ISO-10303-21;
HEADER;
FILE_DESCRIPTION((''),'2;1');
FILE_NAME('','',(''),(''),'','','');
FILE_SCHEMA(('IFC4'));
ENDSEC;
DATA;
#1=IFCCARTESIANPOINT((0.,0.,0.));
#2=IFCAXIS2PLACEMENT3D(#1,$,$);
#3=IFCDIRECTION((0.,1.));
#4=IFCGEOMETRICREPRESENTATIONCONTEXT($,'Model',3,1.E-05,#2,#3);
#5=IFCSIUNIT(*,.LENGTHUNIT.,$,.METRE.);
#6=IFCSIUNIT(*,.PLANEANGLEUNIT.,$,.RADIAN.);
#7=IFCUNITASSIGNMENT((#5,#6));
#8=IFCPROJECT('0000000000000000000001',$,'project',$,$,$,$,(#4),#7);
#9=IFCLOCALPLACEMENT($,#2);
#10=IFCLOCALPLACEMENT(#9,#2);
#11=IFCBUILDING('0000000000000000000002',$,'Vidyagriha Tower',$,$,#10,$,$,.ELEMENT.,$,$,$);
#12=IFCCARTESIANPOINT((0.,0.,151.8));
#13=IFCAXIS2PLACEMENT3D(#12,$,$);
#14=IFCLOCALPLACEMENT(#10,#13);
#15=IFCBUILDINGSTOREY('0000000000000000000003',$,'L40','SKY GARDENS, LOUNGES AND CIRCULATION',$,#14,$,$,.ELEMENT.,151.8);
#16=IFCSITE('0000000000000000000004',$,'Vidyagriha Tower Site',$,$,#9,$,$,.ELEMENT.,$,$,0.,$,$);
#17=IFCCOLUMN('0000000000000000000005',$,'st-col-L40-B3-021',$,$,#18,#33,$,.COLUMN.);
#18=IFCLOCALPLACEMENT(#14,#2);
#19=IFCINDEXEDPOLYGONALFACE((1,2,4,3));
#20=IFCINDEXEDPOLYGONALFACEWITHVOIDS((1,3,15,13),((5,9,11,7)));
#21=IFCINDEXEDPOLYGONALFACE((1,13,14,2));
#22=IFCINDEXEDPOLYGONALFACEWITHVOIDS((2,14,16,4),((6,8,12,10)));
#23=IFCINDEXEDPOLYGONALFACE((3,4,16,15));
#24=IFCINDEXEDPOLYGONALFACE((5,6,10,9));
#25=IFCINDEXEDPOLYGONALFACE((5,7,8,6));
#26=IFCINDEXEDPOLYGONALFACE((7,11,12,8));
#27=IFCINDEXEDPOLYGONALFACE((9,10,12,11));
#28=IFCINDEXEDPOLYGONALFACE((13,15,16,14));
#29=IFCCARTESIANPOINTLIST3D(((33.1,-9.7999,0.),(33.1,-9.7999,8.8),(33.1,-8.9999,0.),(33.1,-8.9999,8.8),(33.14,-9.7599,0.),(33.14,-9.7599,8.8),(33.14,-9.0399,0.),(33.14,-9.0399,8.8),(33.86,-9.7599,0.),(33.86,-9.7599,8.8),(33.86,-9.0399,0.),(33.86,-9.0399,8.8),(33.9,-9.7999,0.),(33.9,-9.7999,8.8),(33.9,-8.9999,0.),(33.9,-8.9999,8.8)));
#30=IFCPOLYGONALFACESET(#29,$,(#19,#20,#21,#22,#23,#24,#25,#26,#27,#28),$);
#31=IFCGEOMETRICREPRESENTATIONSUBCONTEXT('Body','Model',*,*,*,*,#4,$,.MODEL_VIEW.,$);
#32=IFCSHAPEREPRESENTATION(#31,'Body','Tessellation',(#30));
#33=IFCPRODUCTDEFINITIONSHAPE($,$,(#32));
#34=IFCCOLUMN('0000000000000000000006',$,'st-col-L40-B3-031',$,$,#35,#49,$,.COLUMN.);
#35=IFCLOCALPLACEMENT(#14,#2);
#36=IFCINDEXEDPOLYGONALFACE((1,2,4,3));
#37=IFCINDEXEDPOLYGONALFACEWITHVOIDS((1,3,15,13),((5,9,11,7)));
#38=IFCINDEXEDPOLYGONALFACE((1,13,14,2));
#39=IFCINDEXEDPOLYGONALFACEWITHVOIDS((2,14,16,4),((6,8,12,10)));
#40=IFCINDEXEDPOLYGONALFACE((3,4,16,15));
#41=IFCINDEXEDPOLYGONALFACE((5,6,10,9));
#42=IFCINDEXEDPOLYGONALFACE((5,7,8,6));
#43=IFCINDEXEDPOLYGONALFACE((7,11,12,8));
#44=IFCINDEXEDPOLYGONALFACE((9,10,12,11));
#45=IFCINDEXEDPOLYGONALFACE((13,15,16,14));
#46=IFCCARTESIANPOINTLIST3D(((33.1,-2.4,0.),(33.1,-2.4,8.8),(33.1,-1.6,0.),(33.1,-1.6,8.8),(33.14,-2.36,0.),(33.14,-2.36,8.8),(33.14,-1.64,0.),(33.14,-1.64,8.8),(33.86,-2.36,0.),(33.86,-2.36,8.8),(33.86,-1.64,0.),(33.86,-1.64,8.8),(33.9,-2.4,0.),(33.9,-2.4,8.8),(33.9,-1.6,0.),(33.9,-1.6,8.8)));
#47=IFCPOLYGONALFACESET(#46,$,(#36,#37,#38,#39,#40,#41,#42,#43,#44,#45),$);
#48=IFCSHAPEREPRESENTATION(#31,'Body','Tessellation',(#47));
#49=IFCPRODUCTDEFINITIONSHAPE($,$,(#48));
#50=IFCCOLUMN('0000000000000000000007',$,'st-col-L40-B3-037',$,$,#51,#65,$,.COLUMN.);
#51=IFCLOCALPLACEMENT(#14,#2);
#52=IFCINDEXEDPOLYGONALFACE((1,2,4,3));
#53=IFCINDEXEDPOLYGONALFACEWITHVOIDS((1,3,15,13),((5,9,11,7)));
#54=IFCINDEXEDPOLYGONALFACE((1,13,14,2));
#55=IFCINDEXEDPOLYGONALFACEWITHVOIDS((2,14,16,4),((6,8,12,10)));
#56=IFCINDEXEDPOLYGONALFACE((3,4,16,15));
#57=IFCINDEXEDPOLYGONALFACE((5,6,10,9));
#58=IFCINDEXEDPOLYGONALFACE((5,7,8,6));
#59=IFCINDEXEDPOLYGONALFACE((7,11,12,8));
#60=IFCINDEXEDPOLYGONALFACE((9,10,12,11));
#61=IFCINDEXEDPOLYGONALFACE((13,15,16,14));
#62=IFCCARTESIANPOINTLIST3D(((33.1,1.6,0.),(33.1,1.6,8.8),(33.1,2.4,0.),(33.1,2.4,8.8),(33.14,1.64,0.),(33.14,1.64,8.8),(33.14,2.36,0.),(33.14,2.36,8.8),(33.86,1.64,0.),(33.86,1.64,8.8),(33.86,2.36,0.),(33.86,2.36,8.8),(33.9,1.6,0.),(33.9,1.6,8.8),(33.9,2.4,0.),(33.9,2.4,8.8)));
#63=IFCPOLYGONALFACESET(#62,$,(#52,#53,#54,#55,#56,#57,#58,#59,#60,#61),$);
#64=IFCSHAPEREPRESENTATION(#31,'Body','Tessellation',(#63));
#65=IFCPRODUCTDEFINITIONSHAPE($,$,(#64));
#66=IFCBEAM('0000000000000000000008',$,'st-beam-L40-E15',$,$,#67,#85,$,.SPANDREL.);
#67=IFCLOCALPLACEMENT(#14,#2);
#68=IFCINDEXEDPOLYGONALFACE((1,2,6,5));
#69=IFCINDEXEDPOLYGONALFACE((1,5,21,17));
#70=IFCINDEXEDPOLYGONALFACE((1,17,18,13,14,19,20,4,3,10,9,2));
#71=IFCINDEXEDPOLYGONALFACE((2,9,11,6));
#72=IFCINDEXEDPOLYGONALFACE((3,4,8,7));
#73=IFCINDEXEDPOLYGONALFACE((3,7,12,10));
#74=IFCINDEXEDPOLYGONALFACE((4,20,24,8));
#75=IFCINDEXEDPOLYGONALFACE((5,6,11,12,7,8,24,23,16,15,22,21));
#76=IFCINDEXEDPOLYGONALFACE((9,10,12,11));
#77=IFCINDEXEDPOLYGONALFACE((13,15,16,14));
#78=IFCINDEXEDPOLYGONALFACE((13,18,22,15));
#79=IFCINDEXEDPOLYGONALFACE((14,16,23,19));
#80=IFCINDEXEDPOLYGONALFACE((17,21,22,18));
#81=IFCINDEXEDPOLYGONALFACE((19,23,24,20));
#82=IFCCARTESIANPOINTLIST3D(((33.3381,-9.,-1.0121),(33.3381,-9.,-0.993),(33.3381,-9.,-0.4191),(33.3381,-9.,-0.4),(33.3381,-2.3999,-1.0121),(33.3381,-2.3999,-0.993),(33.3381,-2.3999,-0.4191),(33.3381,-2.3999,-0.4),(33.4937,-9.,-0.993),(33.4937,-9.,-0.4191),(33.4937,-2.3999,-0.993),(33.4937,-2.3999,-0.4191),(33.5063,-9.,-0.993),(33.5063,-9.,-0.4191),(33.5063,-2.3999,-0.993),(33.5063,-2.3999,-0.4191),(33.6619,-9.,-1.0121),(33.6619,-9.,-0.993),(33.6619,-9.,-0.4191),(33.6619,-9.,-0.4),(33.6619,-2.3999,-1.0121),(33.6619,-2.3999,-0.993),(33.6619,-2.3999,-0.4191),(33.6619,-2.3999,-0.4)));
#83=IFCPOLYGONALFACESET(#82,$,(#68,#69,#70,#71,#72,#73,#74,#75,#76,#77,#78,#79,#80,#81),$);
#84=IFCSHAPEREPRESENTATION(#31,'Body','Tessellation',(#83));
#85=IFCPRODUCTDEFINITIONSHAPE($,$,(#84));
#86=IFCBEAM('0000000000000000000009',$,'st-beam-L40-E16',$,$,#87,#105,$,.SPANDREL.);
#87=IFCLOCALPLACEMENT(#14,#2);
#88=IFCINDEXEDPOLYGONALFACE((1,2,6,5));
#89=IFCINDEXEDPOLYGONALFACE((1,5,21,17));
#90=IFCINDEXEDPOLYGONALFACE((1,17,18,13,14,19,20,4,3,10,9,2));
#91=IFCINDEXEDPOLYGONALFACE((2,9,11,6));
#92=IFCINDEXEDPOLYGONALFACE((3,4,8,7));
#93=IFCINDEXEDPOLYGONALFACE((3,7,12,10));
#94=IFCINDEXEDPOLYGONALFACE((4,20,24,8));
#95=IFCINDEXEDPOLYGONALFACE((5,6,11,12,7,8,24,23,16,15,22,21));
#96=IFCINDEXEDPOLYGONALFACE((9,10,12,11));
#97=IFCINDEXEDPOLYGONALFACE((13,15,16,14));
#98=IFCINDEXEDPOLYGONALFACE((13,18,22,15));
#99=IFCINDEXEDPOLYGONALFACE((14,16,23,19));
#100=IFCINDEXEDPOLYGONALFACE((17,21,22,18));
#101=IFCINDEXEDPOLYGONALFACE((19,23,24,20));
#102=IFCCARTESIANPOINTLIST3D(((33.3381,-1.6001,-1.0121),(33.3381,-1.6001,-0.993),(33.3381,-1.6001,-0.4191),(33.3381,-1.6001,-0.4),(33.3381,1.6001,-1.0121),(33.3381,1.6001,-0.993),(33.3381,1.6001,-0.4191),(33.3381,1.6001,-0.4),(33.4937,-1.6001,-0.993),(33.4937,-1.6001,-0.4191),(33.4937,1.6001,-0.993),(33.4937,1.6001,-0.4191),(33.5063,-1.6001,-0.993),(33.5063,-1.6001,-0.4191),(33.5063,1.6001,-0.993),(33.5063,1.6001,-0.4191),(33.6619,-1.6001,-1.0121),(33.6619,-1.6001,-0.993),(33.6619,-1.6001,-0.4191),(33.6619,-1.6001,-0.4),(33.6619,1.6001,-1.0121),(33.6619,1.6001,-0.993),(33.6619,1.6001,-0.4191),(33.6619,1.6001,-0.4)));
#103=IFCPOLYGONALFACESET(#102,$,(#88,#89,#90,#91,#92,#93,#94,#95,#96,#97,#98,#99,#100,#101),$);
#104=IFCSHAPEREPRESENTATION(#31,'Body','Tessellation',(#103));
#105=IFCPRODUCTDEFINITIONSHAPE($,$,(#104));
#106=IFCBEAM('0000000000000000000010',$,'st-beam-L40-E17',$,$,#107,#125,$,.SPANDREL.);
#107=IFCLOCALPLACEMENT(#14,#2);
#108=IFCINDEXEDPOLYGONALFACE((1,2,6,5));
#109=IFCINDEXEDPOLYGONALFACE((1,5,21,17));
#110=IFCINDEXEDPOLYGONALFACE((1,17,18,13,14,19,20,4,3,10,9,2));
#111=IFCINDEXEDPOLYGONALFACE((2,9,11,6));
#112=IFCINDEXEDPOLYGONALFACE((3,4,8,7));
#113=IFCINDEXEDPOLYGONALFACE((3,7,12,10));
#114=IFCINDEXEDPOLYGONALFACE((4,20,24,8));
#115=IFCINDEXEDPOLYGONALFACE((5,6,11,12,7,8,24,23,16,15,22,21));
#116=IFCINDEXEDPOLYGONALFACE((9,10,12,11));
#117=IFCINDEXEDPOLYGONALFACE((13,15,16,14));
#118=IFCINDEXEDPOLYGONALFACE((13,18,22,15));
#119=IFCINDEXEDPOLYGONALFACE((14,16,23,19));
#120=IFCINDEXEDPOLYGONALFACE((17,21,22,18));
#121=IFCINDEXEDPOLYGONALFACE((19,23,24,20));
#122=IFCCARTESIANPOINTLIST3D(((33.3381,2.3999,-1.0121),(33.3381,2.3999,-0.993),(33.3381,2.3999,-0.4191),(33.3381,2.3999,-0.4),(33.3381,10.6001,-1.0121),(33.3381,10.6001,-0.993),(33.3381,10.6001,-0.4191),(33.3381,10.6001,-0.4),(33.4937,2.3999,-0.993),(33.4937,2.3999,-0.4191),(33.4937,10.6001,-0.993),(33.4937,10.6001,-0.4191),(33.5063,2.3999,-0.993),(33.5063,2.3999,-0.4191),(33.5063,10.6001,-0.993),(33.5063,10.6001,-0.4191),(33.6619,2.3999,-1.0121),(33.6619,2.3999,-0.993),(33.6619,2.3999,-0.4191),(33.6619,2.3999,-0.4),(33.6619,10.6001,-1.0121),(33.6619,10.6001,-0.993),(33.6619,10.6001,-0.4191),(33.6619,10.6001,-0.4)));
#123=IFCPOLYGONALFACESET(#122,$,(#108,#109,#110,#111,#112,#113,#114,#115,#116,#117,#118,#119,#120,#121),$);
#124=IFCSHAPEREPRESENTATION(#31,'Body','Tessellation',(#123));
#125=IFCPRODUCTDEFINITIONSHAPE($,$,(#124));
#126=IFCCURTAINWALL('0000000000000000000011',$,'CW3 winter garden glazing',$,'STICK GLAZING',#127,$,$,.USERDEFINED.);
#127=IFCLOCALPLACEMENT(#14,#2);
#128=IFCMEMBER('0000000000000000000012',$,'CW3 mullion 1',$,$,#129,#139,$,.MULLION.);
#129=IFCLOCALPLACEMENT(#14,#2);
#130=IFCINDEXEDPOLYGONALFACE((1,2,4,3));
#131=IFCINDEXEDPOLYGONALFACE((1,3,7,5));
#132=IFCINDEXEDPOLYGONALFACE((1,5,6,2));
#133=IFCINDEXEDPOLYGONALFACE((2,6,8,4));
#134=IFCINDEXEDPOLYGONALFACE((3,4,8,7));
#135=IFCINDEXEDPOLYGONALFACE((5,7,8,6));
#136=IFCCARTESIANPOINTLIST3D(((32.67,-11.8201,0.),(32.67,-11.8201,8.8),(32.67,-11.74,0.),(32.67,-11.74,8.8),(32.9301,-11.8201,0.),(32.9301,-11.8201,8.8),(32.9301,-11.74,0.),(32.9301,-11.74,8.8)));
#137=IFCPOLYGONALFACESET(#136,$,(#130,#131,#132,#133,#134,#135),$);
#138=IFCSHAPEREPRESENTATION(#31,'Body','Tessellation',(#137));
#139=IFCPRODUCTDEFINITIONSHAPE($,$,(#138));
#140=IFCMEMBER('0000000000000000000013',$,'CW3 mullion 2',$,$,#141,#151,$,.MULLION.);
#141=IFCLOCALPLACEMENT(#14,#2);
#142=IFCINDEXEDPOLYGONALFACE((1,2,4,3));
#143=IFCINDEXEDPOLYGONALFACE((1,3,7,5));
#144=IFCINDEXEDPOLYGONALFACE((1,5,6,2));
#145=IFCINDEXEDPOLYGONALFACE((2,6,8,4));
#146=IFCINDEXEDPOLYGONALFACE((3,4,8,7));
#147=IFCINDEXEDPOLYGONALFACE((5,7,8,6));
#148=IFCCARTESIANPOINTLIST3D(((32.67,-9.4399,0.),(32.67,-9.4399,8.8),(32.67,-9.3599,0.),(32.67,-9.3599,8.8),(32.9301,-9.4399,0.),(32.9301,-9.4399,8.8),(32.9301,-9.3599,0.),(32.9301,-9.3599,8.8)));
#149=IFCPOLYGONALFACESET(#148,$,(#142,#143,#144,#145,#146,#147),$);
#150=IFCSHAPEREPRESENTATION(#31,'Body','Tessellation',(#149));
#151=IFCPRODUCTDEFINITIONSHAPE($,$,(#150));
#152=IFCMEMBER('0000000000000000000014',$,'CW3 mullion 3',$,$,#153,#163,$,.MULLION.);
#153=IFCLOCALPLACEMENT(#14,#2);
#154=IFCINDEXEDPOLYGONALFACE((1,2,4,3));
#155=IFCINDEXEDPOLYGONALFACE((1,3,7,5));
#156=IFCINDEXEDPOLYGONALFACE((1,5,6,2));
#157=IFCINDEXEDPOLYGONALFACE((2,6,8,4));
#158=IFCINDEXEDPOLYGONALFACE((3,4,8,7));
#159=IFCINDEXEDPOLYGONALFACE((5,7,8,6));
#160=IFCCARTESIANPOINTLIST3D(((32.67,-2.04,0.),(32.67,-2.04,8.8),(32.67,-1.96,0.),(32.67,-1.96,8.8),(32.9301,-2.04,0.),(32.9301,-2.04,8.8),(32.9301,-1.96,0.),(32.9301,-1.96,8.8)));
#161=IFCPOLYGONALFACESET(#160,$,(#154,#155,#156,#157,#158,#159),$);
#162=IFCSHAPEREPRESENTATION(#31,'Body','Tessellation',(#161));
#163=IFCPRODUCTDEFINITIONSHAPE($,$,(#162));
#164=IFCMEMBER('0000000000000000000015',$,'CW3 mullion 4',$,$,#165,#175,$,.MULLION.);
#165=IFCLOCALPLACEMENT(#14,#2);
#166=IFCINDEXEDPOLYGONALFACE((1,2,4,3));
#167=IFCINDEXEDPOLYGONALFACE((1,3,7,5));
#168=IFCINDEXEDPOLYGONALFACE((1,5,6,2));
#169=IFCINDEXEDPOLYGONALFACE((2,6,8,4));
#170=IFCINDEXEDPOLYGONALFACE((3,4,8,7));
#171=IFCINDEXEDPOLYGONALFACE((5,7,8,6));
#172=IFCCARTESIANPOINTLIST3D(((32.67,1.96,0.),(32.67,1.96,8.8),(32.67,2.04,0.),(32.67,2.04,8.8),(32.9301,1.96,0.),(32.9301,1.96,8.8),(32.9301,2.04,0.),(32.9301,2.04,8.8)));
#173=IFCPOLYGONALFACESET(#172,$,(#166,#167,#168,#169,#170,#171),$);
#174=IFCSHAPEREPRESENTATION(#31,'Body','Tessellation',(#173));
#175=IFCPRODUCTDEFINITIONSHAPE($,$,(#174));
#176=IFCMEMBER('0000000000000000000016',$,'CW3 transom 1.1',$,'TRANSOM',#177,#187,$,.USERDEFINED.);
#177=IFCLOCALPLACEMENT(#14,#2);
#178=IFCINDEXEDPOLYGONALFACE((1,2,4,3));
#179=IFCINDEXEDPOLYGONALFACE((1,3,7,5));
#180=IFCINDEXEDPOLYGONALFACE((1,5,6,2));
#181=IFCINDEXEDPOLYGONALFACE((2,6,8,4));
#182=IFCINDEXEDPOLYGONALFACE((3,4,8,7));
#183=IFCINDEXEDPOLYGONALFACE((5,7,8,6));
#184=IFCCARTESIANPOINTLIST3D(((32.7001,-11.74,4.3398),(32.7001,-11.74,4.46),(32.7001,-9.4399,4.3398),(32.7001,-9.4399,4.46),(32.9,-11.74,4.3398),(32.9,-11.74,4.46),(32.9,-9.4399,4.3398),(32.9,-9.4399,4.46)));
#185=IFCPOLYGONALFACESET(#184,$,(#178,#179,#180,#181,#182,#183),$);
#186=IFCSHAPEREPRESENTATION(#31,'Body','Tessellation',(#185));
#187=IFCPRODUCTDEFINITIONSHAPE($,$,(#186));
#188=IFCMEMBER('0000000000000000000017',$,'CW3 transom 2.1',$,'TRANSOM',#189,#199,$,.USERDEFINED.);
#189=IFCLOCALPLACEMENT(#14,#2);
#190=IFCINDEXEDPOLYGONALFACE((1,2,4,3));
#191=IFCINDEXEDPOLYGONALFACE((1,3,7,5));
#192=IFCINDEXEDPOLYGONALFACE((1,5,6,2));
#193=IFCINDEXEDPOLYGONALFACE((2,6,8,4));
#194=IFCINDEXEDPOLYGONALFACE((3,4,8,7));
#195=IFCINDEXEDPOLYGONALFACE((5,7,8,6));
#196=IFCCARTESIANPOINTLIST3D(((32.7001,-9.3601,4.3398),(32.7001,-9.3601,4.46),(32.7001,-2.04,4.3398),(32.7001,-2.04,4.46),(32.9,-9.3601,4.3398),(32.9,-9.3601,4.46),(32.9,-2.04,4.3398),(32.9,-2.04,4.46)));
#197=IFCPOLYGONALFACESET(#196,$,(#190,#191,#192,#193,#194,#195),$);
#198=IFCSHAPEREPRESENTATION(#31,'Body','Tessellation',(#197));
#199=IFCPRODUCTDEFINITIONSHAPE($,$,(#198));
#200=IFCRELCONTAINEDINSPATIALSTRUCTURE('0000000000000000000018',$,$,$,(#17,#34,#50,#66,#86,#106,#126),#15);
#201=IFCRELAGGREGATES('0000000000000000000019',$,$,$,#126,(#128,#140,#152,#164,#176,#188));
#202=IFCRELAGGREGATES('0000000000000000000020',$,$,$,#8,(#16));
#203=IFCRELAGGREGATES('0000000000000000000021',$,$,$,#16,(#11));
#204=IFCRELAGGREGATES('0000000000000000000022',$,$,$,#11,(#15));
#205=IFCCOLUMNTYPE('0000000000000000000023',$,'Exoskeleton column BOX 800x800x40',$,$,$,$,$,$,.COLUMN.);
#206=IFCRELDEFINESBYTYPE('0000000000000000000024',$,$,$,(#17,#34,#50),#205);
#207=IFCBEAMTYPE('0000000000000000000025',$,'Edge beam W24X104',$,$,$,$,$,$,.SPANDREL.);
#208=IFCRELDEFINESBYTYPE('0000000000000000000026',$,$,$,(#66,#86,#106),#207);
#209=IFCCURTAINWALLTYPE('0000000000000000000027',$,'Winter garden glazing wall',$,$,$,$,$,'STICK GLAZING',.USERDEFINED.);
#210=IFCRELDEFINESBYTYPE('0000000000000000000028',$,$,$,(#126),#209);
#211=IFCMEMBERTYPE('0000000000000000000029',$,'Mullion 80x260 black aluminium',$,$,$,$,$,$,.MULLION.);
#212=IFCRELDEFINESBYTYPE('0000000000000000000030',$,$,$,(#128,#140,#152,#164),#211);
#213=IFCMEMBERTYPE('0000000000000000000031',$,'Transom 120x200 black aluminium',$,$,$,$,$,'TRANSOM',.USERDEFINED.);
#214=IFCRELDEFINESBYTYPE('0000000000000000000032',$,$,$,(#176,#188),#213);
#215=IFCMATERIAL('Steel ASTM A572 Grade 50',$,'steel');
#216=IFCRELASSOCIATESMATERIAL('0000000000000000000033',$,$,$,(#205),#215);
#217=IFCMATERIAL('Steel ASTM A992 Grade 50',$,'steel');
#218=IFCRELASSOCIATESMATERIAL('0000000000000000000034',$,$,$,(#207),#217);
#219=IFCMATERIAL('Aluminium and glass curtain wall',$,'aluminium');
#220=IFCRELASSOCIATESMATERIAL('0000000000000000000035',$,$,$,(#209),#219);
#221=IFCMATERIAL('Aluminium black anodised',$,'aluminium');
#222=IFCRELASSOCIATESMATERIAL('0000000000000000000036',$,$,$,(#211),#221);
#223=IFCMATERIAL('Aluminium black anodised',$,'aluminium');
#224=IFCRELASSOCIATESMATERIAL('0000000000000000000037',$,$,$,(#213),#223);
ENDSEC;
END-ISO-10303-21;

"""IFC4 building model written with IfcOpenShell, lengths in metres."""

from ifc_helpers import new_model, si_unit, direction, frame, origin, origin_2d, place, context, subcontext, project, spatial, rectangle, hollow_rectangle, i_section, extrude, material, material_profile, profile_set, type_object, element, aggregate, save


model = new_model("IFC4")

# Units and contexts
model_context = context("Model", 3, precision=1e-05, world=origin(), true_north=direction((0.0, 1.0)))
body_context = subcontext(model_context, "Body", "Model", "MODEL_VIEW")
ifc_project = project(units=[si_unit("LENGTHUNIT", "METRE"), si_unit("PLANEANGLEUNIT", "RADIAN")], contexts=[model_context])

# Site, building, storey
site_placement = place(None, origin())
site = spatial("IfcSite", under=ifc_project, at=site_placement, Name="Vidyagriha Tower Site", CompositionType="ELEMENT", RefElevation=0.0)
building_placement = place(site_placement, origin())
building = spatial("IfcBuilding", under=site, at=building_placement, Name="Vidyagriha Tower", CompositionType="ELEMENT")
storey_placement = place(building_placement, frame((0.0, 0.0, 151.8)))
storey = spatial("IfcBuildingStorey", under=building, at=storey_placement, Name="L40", Description="SKY GARDENS, LOUNGES AND CIRCULATION", CompositionType="ELEMENT", Elevation=151.8)

# Columns
ifc_material_1 = material(Name="Steel ASTM A572 Grade 50", Category="steel")
ifc_material_profile_1 = material_profile(ifc_material_1, hollow_rectangle(XDim=0.8, YDim=0.8, WallThickness=0.04, at=origin_2d()), Name="BOX 800x800x40")
ifc_profile_set_1 = profile_set([ifc_material_profile_1], Name="Steel ASTM A572 Grade 50")
column_type = type_object("IfcColumnType", Name="Exoskeleton column BOX 800x800x40", PredefinedType="COLUMN", material=ifc_profile_set_1)
for number, where, name in (
    (1, (33.5, -9.3999, 0.0), "st-col-L40-B3-021"),
    (2, (33.5, -2.0, 0.0), "st-col-L40-B3-031"),
    (3, (33.5, 2.0, 0.0), "st-col-L40-B3-037"),
):
    element("IfcColumn", number, at=place(storey_placement, frame(where)), inside=storey, type_object=column_type, Name=name, PredefinedType="COLUMN", context=body_context, shape_type="SweptSolid", body=[
        extrude(hollow_rectangle(XDim=0.8, YDim=0.8, WallThickness=0.04, at=origin_2d()), origin(), (0.0, 0.0, 1.0), 8.8),
    ])

# Beams
ifc_material_2 = material(Name="Steel ASTM A992 Grade 50", Category="steel")
ifc_material_profile_2 = material_profile(ifc_material_2, i_section(OverallWidth=0.3237, OverallDepth=0.6121, WebThickness=0.0127, FlangeThickness=0.019, at=origin_2d()), Name="W24X104")
ifc_profile_set_2 = profile_set([ifc_material_profile_2], Name="Steel ASTM A992 Grade 50")
beam_type = type_object("IfcBeamType", Name="Edge beam W24X104", PredefinedType="SPANDREL", material=ifc_profile_set_2)
beam_1_placement = place(storey_placement, frame((33.5, -9.0, -0.7061), z_axis=(0.0, 1.0, 0.0), x_axis=(-1.0, 0.0, 0.0)))
element("IfcBeam", 4, at=beam_1_placement, inside=storey, type_object=beam_type, Name="st-beam-L40-E15", PredefinedType="SPANDREL", context=body_context, shape_type="SweptSolid", body=[
    extrude(i_section(OverallWidth=0.3237, OverallDepth=0.6121, WebThickness=0.0127, FlangeThickness=0.019, at=origin_2d()), origin(), (0.0, 0.0, 1.0), 6.6001),
])
beam_2_placement = place(storey_placement, frame((33.5, -1.6001, -0.7061), z_axis=(0.0, 1.0, 0.0), x_axis=(-1.0, 0.0, 0.0)))
element("IfcBeam", 5, at=beam_2_placement, inside=storey, type_object=beam_type, Name="st-beam-L40-E16", PredefinedType="SPANDREL", context=body_context, shape_type="SweptSolid", body=[
    extrude(i_section(OverallWidth=0.3237, OverallDepth=0.6121, WebThickness=0.0127, FlangeThickness=0.019, at=origin_2d()), origin(), (0.0, 0.0, 1.0), 3.2002),
])
beam_3_placement = place(storey_placement, frame((33.5, 2.3999, -0.7061), z_axis=(0.0, 1.0, 0.0), x_axis=(-1.0, 0.0, 0.0)))
element("IfcBeam", 6, at=beam_3_placement, inside=storey, type_object=beam_type, Name="st-beam-L40-E17", PredefinedType="SPANDREL", context=body_context, shape_type="SweptSolid", body=[
    extrude(i_section(OverallWidth=0.3237, OverallDepth=0.6121, WebThickness=0.0127, FlangeThickness=0.019, at=origin_2d()), origin(), (0.0, 0.0, 1.0), 8.2002),
])

# Curtain wall, members
ifc_material_3 = material(Name="Aluminium and glass curtain wall", Category="aluminium")
curtain_wall_type = type_object("IfcCurtainWallType", Name="Winter garden glazing wall", ElementType="STICK GLAZING", PredefinedType="USERDEFINED", material=ifc_material_3)
curtain_wall_placement = place(storey_placement, origin())
curtain_wall = element("IfcCurtainWall", 7, at=curtain_wall_placement, inside=storey, type_object=curtain_wall_type, Name="CW3 winter garden glazing", ObjectType="STICK GLAZING", PredefinedType="USERDEFINED")
ifc_material_4 = material(Name="Aluminium black anodised", Category="aluminium")
ifc_material_profile_3 = material_profile(ifc_material_4, rectangle(XDim=0.26, YDim=0.0801, at=origin_2d()), Name="Mullion 80x260 black aluminium")
ifc_profile_set_3 = profile_set([ifc_material_profile_3], Name="Aluminium black anodised")
member_type_1 = type_object("IfcMemberType", Name="Mullion 80x260 black aluminium", PredefinedType="MULLION", material=ifc_profile_set_3)
member_1_placement = place(storey_placement, frame((32.8, -11.78, 0.0), z_axis=(0.0, 0.0, 1.0), x_axis=(-1.0, 0.0, 0.0)))
member_1 = element("IfcMember", 8, at=member_1_placement, type_object=member_type_1, Name="CW3 mullion 1", PredefinedType="MULLION", context=body_context, shape_type="SweptSolid", body=[
    extrude(rectangle(XDim=0.26, YDim=0.0801, at=origin_2d()), origin(), (0.0, 0.0, 1.0), 8.8),
])
member_2_placement = place(storey_placement, frame((32.8, -9.3999, 0.0), z_axis=(0.0, 0.0, 1.0), x_axis=(-1.0, 0.0, 0.0)))
member_2 = element("IfcMember", 9, at=member_2_placement, type_object=member_type_1, Name="CW3 mullion 2", PredefinedType="MULLION", context=body_context, shape_type="SweptSolid", body=[
    extrude(rectangle(XDim=0.26, YDim=0.0801, at=origin_2d()), origin(), (0.0, 0.0, 1.0), 8.8),
])
member_3_placement = place(storey_placement, frame((32.8, -2.0, 0.0), z_axis=(0.0, 0.0, 1.0), x_axis=(-1.0, 0.0, 0.0)))
member_3 = element("IfcMember", 10, at=member_3_placement, type_object=member_type_1, Name="CW3 mullion 3", PredefinedType="MULLION", context=body_context, shape_type="SweptSolid", body=[
    extrude(rectangle(XDim=0.26, YDim=0.0801, at=origin_2d()), origin(), (0.0, 0.0, 1.0), 8.8),
])
member_4_placement = place(storey_placement, frame((32.8, 2.0, 0.0), z_axis=(0.0, 0.0, 1.0), x_axis=(-1.0, 0.0, 0.0)))
member_4 = element("IfcMember", 11, at=member_4_placement, type_object=member_type_1, Name="CW3 mullion 4", PredefinedType="MULLION", context=body_context, shape_type="SweptSolid", body=[
    extrude(rectangle(XDim=0.26, YDim=0.0801, at=origin_2d()), origin(), (0.0, 0.0, 1.0), 8.8),
])
ifc_material_5 = material(Name="Aluminium black anodised", Category="aluminium")
ifc_material_profile_4 = material_profile(ifc_material_5, rectangle(XDim=0.2, YDim=0.1201, at=origin_2d()), Name="Transom 120x200 black aluminium")
ifc_profile_set_4 = profile_set([ifc_material_profile_4], Name="Aluminium black anodised")
member_type_2 = type_object("IfcMemberType", Name="Transom 120x200 black aluminium", ElementType="TRANSOM", PredefinedType="USERDEFINED", material=ifc_profile_set_4)
member_5_placement = place(storey_placement, frame((32.8, -11.74, 4.3999), z_axis=(0.0, 1.0, 0.0), x_axis=(-1.0, 0.0, 0.0)))
member_5 = element("IfcMember", 12, at=member_5_placement, type_object=member_type_2, Name="CW3 transom 1.1", ObjectType="TRANSOM", PredefinedType="USERDEFINED", context=body_context, shape_type="SweptSolid", body=[
    extrude(rectangle(XDim=0.2, YDim=0.1201, at=origin_2d()), origin(), (0.0, 0.0, 1.0), 2.3),
])
member_6_placement = place(storey_placement, frame((32.8, -9.3601, 4.3999), z_axis=(0.0, 1.0, 0.0), x_axis=(-1.0, 0.0, 0.0)))
member_6 = element("IfcMember", 13, at=member_6_placement, type_object=member_type_2, Name="CW3 transom 2.1", ObjectType="TRANSOM", PredefinedType="USERDEFINED", context=body_context, shape_type="SweptSolid", body=[
    extrude(rectangle(XDim=0.2, YDim=0.1201, at=origin_2d()), origin(), (0.0, 0.0, 1.0), 7.3201),
])
aggregate(curtain_wall, [member_1, member_2, member_3, member_4, member_5, member_6])

save(model, "model.ifc")
